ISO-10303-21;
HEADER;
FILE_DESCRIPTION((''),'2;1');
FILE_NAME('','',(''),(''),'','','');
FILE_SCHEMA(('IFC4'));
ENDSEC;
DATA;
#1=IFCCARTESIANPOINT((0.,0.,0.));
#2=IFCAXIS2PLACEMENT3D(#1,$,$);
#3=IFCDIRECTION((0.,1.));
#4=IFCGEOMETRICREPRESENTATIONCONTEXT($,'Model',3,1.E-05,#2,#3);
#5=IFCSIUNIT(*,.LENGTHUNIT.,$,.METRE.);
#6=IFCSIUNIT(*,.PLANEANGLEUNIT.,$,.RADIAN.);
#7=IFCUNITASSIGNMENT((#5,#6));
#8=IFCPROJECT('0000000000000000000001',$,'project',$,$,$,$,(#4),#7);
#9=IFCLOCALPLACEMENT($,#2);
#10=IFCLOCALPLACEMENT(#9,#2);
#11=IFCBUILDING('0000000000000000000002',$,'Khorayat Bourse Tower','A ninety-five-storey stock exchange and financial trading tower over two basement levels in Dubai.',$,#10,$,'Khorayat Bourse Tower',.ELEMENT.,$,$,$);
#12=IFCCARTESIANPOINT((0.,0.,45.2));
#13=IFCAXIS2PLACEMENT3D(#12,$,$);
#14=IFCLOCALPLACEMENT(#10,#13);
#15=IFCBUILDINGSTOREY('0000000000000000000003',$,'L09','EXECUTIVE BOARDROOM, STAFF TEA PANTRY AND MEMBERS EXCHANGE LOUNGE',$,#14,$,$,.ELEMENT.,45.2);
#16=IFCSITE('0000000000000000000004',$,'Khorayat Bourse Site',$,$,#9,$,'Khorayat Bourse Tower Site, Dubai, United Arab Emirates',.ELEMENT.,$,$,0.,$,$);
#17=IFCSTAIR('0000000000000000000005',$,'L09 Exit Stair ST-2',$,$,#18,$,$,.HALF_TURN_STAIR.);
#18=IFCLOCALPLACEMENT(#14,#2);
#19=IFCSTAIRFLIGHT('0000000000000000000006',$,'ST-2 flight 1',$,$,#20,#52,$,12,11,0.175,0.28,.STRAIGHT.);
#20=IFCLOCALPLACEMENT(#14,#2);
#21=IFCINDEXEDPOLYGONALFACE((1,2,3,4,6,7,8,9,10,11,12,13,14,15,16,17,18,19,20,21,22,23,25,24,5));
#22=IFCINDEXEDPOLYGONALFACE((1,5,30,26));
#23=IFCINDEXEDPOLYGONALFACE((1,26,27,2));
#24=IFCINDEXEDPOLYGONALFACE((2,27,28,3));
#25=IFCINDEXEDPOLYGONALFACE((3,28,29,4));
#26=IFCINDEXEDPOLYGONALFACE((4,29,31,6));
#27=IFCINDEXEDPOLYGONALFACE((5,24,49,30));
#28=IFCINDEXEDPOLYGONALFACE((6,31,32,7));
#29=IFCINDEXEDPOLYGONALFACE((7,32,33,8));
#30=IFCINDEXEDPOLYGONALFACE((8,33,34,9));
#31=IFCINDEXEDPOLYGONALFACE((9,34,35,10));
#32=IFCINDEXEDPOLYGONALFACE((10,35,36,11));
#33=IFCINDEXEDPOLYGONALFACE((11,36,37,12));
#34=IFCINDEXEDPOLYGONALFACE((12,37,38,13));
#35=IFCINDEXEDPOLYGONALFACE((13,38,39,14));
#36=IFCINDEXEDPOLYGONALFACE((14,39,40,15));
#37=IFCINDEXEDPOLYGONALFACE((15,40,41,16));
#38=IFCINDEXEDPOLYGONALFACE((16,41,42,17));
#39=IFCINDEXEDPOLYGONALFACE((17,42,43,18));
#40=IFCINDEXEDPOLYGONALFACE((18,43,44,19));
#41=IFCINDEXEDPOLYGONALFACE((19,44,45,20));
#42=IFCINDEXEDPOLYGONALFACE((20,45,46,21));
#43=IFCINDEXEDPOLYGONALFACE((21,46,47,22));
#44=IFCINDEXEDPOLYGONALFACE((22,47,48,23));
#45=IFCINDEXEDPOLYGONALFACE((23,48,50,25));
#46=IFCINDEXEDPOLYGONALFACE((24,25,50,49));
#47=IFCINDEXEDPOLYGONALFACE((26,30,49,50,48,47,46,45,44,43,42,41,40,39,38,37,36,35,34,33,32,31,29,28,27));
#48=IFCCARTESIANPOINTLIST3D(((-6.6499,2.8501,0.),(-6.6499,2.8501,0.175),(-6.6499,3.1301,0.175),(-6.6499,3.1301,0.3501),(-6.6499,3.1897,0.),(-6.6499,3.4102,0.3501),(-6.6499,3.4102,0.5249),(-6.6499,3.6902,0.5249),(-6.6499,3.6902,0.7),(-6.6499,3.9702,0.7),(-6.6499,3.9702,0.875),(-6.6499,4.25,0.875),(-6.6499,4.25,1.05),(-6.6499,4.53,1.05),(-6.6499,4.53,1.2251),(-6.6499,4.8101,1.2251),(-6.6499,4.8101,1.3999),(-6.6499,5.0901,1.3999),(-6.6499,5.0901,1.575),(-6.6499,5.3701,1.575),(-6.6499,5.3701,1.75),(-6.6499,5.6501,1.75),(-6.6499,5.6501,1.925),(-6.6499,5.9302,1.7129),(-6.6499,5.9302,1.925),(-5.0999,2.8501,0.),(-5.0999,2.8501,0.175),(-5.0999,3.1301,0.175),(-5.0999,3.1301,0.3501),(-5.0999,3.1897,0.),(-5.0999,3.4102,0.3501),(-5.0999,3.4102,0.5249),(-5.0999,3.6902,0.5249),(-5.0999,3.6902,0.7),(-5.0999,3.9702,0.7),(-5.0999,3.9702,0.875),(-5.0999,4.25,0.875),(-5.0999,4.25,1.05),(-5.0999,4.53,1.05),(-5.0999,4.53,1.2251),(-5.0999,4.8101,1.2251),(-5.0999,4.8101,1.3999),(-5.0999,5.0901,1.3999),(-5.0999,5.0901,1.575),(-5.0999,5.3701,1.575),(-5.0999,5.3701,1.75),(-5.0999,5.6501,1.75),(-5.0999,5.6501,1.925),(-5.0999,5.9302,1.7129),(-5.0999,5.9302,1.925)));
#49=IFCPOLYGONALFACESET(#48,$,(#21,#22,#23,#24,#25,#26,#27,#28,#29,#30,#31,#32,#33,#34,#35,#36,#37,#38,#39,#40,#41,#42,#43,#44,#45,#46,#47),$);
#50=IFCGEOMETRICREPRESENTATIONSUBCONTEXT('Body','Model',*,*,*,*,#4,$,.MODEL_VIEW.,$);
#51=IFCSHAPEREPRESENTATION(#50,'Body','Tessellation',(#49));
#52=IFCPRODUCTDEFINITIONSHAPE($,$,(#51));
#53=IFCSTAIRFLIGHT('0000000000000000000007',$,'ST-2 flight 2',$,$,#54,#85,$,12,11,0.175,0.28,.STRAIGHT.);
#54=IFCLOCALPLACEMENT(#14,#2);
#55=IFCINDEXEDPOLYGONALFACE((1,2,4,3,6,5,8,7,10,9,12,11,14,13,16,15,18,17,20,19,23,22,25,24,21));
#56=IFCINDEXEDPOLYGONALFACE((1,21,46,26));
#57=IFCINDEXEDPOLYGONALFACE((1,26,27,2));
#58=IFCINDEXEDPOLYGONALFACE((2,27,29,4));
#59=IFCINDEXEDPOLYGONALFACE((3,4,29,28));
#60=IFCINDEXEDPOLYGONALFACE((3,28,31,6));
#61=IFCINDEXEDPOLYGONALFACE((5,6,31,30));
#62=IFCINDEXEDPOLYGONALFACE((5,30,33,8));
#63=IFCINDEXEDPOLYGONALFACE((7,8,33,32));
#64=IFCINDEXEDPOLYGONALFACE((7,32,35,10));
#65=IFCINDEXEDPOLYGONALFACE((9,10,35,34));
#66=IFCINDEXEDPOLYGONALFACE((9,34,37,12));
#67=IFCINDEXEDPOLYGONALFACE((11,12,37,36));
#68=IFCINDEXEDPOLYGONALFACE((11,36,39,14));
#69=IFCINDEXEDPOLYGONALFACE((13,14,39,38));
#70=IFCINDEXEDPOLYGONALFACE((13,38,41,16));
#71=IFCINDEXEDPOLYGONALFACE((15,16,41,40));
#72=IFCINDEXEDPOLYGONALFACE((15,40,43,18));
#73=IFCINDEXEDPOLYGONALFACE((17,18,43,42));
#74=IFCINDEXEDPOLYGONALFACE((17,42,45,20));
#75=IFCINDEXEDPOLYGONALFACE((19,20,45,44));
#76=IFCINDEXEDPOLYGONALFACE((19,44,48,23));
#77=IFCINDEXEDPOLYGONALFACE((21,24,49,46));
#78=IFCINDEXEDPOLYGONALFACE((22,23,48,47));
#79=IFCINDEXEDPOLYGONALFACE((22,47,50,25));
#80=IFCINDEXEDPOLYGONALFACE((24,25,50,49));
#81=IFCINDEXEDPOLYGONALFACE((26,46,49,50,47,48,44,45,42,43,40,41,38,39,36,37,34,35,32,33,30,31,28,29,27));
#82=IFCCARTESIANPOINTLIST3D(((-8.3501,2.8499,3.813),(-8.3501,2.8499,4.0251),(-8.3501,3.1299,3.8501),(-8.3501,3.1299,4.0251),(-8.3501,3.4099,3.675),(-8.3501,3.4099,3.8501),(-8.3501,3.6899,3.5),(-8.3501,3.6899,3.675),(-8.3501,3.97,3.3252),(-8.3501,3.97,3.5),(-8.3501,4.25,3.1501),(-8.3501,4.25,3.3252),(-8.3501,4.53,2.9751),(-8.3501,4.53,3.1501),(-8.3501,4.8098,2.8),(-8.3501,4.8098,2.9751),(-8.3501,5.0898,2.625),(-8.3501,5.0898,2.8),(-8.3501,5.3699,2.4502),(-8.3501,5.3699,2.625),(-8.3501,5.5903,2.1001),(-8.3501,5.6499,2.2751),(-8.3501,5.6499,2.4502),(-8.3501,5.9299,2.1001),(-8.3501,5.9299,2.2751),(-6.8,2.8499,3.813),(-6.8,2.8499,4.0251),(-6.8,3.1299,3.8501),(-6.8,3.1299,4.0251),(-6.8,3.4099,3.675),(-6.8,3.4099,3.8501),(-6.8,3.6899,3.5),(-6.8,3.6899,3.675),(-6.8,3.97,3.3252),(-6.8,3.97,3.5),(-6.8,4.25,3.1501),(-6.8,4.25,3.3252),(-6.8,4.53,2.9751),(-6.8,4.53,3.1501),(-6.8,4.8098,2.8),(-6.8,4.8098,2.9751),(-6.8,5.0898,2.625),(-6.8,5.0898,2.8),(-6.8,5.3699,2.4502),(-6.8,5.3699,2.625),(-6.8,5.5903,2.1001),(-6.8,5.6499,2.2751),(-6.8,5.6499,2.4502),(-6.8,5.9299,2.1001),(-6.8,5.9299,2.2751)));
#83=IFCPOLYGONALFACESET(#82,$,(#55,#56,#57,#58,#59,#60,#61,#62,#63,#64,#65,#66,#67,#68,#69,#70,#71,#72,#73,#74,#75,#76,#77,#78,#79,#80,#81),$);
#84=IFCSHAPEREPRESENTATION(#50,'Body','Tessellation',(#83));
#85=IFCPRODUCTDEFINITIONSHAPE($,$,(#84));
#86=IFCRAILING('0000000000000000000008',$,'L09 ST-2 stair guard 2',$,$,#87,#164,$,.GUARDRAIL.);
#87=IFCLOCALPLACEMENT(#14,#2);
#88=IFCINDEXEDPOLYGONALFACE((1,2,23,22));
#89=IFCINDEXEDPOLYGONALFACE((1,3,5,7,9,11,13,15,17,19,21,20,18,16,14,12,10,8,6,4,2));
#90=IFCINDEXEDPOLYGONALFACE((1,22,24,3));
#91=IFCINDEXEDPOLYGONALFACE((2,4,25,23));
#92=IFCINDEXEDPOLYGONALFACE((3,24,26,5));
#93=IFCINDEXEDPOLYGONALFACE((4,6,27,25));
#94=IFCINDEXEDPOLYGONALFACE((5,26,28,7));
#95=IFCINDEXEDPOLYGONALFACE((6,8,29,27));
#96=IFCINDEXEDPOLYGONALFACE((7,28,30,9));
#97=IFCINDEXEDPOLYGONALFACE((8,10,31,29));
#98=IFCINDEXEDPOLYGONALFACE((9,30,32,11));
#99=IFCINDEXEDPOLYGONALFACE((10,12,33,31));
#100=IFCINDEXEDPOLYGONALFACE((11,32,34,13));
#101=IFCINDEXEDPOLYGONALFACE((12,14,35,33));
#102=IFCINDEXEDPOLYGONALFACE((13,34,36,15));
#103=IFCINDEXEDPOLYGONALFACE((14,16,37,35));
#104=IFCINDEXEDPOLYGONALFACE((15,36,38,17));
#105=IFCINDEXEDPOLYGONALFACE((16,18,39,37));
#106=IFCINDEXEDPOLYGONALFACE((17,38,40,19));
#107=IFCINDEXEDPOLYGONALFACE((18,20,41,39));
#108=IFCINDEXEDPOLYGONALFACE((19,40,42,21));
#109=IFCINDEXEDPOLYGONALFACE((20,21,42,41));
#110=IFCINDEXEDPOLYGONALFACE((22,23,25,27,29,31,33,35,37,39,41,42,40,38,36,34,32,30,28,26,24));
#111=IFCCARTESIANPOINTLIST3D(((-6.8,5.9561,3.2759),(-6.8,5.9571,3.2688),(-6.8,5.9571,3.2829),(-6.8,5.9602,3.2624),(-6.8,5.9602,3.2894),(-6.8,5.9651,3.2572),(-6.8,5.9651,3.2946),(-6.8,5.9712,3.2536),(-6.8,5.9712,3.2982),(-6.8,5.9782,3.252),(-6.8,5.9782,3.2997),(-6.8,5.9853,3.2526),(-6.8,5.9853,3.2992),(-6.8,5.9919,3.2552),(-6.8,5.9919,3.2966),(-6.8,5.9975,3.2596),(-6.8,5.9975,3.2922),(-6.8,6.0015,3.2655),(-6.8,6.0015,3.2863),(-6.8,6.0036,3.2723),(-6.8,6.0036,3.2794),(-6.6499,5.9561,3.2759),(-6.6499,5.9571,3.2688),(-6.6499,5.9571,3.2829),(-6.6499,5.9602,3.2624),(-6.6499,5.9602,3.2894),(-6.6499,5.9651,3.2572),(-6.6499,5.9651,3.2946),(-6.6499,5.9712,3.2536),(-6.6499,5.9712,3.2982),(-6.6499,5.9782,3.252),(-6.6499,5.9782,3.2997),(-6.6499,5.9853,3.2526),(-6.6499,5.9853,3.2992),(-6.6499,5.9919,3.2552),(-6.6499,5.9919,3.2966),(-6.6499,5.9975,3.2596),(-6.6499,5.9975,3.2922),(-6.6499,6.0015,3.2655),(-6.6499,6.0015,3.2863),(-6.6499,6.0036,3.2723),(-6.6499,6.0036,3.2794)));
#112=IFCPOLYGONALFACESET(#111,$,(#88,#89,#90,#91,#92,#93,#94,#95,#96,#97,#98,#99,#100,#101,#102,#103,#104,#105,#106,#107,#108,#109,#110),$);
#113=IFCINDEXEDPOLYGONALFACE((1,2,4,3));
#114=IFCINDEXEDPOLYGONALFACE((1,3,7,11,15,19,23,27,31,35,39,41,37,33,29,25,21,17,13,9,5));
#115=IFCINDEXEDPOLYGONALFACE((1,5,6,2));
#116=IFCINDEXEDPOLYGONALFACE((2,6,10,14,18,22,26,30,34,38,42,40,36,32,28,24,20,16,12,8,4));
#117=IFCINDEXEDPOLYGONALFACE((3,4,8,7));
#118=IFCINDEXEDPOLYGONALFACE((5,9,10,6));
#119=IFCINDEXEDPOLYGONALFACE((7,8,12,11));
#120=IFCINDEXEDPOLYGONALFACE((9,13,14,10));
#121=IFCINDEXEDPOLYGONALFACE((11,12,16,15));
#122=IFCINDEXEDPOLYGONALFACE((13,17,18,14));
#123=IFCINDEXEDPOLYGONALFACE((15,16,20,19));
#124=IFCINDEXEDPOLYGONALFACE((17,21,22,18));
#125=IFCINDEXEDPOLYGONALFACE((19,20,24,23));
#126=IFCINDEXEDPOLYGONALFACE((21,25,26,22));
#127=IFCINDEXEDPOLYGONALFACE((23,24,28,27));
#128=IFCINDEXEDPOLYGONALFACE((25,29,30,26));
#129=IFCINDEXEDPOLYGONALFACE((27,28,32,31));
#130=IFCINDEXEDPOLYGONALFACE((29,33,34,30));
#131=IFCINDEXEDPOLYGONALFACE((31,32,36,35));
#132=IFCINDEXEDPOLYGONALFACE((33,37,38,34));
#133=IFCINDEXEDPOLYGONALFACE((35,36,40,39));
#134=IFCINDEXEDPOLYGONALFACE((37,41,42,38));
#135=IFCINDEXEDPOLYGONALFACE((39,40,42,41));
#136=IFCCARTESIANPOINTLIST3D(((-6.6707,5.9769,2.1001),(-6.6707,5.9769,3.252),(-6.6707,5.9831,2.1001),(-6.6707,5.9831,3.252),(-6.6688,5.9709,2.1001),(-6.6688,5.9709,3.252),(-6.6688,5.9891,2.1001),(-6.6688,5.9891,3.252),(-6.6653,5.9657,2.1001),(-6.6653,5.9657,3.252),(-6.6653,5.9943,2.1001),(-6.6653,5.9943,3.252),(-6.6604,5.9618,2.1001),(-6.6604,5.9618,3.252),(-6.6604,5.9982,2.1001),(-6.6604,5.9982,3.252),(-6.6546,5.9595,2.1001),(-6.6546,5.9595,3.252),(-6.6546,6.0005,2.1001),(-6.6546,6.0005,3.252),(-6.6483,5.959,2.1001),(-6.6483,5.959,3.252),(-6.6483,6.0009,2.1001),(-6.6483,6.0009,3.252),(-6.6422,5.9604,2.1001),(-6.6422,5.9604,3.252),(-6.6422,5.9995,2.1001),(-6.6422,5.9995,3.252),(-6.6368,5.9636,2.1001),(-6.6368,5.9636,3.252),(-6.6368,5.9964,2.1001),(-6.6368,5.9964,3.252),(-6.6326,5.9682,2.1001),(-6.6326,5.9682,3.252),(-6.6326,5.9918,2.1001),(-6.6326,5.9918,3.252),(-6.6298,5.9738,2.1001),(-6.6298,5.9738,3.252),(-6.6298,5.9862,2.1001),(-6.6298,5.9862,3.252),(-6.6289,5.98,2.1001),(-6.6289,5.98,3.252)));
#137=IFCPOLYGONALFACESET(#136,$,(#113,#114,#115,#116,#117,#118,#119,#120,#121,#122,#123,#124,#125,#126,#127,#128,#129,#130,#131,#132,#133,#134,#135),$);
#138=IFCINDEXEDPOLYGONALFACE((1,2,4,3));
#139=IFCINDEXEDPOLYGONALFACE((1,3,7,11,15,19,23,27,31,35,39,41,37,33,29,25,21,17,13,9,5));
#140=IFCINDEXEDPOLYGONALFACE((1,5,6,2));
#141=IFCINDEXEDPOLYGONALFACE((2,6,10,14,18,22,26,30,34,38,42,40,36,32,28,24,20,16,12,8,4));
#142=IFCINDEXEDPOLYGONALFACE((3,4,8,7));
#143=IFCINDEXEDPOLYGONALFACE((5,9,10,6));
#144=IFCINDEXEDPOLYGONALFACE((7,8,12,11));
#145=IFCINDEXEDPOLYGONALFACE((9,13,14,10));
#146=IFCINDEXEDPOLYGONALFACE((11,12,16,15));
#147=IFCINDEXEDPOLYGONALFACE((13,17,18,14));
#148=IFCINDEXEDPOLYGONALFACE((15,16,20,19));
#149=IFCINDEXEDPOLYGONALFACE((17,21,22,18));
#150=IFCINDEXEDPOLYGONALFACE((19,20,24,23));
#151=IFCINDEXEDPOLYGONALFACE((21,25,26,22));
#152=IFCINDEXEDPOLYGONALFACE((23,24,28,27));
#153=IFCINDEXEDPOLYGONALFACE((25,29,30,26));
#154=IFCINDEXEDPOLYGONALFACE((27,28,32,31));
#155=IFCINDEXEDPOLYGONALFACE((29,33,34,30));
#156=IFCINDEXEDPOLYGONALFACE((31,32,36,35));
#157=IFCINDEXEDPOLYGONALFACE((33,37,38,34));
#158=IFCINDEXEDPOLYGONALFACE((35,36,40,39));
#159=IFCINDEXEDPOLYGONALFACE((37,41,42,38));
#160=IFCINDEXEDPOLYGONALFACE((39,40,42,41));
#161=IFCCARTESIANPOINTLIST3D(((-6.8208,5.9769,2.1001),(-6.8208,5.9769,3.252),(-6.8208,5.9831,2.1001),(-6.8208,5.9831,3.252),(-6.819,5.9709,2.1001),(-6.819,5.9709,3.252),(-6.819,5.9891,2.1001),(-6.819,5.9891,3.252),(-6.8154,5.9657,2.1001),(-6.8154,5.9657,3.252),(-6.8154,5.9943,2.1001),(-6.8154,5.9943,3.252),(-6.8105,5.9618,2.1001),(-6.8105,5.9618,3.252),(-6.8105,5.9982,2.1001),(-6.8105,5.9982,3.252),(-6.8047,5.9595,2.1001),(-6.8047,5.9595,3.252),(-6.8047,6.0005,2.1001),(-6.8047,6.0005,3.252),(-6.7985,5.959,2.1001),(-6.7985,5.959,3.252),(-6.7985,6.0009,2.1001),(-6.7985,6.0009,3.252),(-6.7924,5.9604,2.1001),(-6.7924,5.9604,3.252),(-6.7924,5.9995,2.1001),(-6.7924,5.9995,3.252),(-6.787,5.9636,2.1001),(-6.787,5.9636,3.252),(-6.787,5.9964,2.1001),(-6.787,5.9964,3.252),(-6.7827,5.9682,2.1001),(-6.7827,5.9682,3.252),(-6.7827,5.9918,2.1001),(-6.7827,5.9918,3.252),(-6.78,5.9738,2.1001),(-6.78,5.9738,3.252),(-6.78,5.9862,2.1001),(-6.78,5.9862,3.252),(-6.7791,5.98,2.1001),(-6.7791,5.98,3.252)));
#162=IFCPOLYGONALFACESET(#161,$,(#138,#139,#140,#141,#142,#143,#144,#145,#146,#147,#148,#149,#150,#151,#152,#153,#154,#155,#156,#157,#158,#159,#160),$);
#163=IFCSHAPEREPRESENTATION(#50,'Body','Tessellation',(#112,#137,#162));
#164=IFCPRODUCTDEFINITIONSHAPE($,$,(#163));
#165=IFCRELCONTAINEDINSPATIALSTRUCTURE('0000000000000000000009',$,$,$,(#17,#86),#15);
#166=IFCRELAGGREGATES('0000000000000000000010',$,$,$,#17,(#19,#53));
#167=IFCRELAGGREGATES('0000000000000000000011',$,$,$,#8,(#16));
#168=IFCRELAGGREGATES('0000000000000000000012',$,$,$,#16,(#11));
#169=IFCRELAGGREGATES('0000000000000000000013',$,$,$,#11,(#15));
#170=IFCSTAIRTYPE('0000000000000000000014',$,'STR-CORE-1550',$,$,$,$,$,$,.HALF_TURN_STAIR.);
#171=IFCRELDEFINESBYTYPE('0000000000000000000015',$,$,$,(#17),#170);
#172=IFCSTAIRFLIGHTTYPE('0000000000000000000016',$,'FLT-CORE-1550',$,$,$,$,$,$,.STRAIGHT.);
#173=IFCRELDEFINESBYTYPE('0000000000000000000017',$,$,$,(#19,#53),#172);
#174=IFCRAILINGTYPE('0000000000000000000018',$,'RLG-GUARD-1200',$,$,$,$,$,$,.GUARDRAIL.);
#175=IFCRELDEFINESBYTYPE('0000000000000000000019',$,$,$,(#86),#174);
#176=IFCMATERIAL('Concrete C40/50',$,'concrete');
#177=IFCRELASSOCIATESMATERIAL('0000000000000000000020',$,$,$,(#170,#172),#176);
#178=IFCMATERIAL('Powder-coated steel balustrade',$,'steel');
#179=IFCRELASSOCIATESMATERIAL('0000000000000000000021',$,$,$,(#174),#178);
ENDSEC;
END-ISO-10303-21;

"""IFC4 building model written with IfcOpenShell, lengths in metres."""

from ifc_helpers import new_model, si_unit, direction, frame, origin, origin_2d, place, context, subcontext, project, spatial, polyline, circle, outline, extrude, source, transform, mapped, material, type_object, element, aggregate, save


model = new_model("IFC4")

# Units and contexts
model_context = context("Model", 3, precision=1e-05, world=origin(), true_north=direction((0.0, 1.0)))
body_context = subcontext(model_context, "Body", "Model", "MODEL_VIEW")
ifc_project = project(units=[si_unit("LENGTHUNIT", "METRE"), si_unit("PLANEANGLEUNIT", "RADIAN")], contexts=[model_context])

# Site, building, storey
site_placement = place(None, origin())
site = spatial("IfcSite", under=ifc_project, at=site_placement, Name="Khorayat Bourse Site", LongName="Khorayat Bourse Tower Site, Dubai, United Arab Emirates", CompositionType="ELEMENT", RefElevation=0.0)
building_placement = place(site_placement, origin())
building = spatial("IfcBuilding", under=site, at=building_placement, Name="Khorayat Bourse Tower", Description="A ninety-five-storey stock exchange and financial trading tower over two basement levels in Dubai.", LongName="Khorayat Bourse Tower", CompositionType="ELEMENT")
storey_placement = place(building_placement, frame((0.0, 0.0, 45.2)))
storey = spatial("IfcBuildingStorey", under=building, at=storey_placement, Name="L09", Description="EXECUTIVE BOARDROOM, STAFF TEA PANTRY AND MEMBERS EXCHANGE LOUNGE", CompositionType="ELEMENT", Elevation=45.2)

# Stair, stair flights
ifc_material_1 = material(Name="Concrete C40/50", Category="concrete")
stair_type = type_object("IfcStairType", Name="STR-CORE-1550", PredefinedType="HALF_TURN_STAIR", material=ifc_material_1)
stair_placement = place(storey_placement, origin())
stair = element("IfcStair", 1, at=stair_placement, inside=storey, type_object=stair_type, Name="L09 Exit Stair ST-2", PredefinedType="HALF_TURN_STAIR")
stair_flight_type = type_object("IfcStairFlightType", Name="FLT-CORE-1550", PredefinedType="STRAIGHT", material=ifc_material_1)
shared_shape_1 = source(origin(), body_context, "Body", "SweptSolid", [
    extrude(outline(polyline([(0.0, 0.0), (0.0, 0.175), (0.28, 0.175), (0.28, 0.3501), (0.5601, 0.3501), (0.5601, 0.5249), (0.8401, 0.5249), (0.8401, 0.7), (1.1201, 0.7), (1.1201, 0.875), (1.3999, 0.875), (1.3999, 1.05), (1.6799, 1.05), (1.6799, 1.2251), (1.96, 1.2251), (1.96, 1.3999), (2.24, 1.3999), (2.24, 1.575), (2.52, 1.575), (2.52, 1.75), (2.8, 1.75), (2.8, 1.925), (3.0801, 1.925), (3.0801, 2.1001), (3.0801, 1.7129), (0.3396, 0.0), (0.0, 0.0)])), frame((0.0, 0.7749, 0.0), z_axis=(0.0, -1.0, 0.0), x_axis=(1.0, 0.0, 0.0)), (0.0, 0.0, 1.0), 1.55),
])
stair_flight_1_placement = place(storey_placement, frame((-5.875, 2.8501, 0.0), z_axis=(0.0, 0.0, 1.0), x_axis=(0.0, 1.0, 0.0)))
stair_flight_1 = element("IfcStairFlight", 2, at=stair_flight_1_placement, type_object=stair_flight_type, Name="ST-2 flight 1", NumberOfRisers=12, NumberOfTreads=11, PredefinedType="STRAIGHT", RiserHeight=0.175, TreadLength=0.28, context=body_context, shape_type="MappedRepresentation", body=[
    mapped(shared_shape_1, transform((0.0, 0.0, 0.0), scale=1.0)),
])
stair_flight_2_placement = place(storey_placement, frame((-7.575, 5.9299, 2.1001), z_axis=(0.0, 0.0, 1.0), x_axis=(0.0, -1.0, 0.0)))
stair_flight_2 = element("IfcStairFlight", 3, at=stair_flight_2_placement, type_object=stair_flight_type, Name="ST-2 flight 2", NumberOfRisers=12, NumberOfTreads=11, PredefinedType="STRAIGHT", RiserHeight=0.175, TreadLength=0.28, context=body_context, shape_type="MappedRepresentation", body=[
    mapped(shared_shape_1, transform((0.0, 0.0, 0.0), scale=1.0)),
])
aggregate(stair, [stair_flight_1, stair_flight_2])

# Railing
ifc_material_2 = material(Name="Powder-coated steel balustrade", Category="steel")
railing_type_1 = type_object("IfcRailingType", Name="RLG-GUARD-1200", PredefinedType="GUARDRAIL", material=ifc_material_2)
shared_shape_2 = source(origin(), body_context, "Body", "SweptSolid", [
    extrude(circle(Radius=0.0239, at=origin_2d()), frame((0.0, 0.0, 1.1758), z_axis=(-1.0, 0.0, 0.0), x_axis=(0.0, -1.0, 0.0)), (0.0, 0.0, 1.0), 0.1501),
    extrude(circle(Radius=0.021, at=origin_2d()), origin(), (0.0, 0.0, 1.0), 1.1519),
    extrude(circle(Radius=0.021, at=origin_2d()), frame((-0.1501, 0.0, 0.0)), (0.0, 0.0, 1.0), 1.1519),
])
for number, where, name in (
    (4, (-6.6499, 5.98, 2.1001), "L09 ST-2 stair guard 2"),
):
    element("IfcRailing", number, at=place(storey_placement, frame(where)), inside=storey, type_object=railing_type_1, Name=name, PredefinedType="GUARDRAIL", context=body_context, shape_type="MappedRepresentation", body=[
        mapped(shared_shape_2, transform((0.0, 0.0, 0.0), scale=1.0)),
    ])

save(model, "model.ifc")
